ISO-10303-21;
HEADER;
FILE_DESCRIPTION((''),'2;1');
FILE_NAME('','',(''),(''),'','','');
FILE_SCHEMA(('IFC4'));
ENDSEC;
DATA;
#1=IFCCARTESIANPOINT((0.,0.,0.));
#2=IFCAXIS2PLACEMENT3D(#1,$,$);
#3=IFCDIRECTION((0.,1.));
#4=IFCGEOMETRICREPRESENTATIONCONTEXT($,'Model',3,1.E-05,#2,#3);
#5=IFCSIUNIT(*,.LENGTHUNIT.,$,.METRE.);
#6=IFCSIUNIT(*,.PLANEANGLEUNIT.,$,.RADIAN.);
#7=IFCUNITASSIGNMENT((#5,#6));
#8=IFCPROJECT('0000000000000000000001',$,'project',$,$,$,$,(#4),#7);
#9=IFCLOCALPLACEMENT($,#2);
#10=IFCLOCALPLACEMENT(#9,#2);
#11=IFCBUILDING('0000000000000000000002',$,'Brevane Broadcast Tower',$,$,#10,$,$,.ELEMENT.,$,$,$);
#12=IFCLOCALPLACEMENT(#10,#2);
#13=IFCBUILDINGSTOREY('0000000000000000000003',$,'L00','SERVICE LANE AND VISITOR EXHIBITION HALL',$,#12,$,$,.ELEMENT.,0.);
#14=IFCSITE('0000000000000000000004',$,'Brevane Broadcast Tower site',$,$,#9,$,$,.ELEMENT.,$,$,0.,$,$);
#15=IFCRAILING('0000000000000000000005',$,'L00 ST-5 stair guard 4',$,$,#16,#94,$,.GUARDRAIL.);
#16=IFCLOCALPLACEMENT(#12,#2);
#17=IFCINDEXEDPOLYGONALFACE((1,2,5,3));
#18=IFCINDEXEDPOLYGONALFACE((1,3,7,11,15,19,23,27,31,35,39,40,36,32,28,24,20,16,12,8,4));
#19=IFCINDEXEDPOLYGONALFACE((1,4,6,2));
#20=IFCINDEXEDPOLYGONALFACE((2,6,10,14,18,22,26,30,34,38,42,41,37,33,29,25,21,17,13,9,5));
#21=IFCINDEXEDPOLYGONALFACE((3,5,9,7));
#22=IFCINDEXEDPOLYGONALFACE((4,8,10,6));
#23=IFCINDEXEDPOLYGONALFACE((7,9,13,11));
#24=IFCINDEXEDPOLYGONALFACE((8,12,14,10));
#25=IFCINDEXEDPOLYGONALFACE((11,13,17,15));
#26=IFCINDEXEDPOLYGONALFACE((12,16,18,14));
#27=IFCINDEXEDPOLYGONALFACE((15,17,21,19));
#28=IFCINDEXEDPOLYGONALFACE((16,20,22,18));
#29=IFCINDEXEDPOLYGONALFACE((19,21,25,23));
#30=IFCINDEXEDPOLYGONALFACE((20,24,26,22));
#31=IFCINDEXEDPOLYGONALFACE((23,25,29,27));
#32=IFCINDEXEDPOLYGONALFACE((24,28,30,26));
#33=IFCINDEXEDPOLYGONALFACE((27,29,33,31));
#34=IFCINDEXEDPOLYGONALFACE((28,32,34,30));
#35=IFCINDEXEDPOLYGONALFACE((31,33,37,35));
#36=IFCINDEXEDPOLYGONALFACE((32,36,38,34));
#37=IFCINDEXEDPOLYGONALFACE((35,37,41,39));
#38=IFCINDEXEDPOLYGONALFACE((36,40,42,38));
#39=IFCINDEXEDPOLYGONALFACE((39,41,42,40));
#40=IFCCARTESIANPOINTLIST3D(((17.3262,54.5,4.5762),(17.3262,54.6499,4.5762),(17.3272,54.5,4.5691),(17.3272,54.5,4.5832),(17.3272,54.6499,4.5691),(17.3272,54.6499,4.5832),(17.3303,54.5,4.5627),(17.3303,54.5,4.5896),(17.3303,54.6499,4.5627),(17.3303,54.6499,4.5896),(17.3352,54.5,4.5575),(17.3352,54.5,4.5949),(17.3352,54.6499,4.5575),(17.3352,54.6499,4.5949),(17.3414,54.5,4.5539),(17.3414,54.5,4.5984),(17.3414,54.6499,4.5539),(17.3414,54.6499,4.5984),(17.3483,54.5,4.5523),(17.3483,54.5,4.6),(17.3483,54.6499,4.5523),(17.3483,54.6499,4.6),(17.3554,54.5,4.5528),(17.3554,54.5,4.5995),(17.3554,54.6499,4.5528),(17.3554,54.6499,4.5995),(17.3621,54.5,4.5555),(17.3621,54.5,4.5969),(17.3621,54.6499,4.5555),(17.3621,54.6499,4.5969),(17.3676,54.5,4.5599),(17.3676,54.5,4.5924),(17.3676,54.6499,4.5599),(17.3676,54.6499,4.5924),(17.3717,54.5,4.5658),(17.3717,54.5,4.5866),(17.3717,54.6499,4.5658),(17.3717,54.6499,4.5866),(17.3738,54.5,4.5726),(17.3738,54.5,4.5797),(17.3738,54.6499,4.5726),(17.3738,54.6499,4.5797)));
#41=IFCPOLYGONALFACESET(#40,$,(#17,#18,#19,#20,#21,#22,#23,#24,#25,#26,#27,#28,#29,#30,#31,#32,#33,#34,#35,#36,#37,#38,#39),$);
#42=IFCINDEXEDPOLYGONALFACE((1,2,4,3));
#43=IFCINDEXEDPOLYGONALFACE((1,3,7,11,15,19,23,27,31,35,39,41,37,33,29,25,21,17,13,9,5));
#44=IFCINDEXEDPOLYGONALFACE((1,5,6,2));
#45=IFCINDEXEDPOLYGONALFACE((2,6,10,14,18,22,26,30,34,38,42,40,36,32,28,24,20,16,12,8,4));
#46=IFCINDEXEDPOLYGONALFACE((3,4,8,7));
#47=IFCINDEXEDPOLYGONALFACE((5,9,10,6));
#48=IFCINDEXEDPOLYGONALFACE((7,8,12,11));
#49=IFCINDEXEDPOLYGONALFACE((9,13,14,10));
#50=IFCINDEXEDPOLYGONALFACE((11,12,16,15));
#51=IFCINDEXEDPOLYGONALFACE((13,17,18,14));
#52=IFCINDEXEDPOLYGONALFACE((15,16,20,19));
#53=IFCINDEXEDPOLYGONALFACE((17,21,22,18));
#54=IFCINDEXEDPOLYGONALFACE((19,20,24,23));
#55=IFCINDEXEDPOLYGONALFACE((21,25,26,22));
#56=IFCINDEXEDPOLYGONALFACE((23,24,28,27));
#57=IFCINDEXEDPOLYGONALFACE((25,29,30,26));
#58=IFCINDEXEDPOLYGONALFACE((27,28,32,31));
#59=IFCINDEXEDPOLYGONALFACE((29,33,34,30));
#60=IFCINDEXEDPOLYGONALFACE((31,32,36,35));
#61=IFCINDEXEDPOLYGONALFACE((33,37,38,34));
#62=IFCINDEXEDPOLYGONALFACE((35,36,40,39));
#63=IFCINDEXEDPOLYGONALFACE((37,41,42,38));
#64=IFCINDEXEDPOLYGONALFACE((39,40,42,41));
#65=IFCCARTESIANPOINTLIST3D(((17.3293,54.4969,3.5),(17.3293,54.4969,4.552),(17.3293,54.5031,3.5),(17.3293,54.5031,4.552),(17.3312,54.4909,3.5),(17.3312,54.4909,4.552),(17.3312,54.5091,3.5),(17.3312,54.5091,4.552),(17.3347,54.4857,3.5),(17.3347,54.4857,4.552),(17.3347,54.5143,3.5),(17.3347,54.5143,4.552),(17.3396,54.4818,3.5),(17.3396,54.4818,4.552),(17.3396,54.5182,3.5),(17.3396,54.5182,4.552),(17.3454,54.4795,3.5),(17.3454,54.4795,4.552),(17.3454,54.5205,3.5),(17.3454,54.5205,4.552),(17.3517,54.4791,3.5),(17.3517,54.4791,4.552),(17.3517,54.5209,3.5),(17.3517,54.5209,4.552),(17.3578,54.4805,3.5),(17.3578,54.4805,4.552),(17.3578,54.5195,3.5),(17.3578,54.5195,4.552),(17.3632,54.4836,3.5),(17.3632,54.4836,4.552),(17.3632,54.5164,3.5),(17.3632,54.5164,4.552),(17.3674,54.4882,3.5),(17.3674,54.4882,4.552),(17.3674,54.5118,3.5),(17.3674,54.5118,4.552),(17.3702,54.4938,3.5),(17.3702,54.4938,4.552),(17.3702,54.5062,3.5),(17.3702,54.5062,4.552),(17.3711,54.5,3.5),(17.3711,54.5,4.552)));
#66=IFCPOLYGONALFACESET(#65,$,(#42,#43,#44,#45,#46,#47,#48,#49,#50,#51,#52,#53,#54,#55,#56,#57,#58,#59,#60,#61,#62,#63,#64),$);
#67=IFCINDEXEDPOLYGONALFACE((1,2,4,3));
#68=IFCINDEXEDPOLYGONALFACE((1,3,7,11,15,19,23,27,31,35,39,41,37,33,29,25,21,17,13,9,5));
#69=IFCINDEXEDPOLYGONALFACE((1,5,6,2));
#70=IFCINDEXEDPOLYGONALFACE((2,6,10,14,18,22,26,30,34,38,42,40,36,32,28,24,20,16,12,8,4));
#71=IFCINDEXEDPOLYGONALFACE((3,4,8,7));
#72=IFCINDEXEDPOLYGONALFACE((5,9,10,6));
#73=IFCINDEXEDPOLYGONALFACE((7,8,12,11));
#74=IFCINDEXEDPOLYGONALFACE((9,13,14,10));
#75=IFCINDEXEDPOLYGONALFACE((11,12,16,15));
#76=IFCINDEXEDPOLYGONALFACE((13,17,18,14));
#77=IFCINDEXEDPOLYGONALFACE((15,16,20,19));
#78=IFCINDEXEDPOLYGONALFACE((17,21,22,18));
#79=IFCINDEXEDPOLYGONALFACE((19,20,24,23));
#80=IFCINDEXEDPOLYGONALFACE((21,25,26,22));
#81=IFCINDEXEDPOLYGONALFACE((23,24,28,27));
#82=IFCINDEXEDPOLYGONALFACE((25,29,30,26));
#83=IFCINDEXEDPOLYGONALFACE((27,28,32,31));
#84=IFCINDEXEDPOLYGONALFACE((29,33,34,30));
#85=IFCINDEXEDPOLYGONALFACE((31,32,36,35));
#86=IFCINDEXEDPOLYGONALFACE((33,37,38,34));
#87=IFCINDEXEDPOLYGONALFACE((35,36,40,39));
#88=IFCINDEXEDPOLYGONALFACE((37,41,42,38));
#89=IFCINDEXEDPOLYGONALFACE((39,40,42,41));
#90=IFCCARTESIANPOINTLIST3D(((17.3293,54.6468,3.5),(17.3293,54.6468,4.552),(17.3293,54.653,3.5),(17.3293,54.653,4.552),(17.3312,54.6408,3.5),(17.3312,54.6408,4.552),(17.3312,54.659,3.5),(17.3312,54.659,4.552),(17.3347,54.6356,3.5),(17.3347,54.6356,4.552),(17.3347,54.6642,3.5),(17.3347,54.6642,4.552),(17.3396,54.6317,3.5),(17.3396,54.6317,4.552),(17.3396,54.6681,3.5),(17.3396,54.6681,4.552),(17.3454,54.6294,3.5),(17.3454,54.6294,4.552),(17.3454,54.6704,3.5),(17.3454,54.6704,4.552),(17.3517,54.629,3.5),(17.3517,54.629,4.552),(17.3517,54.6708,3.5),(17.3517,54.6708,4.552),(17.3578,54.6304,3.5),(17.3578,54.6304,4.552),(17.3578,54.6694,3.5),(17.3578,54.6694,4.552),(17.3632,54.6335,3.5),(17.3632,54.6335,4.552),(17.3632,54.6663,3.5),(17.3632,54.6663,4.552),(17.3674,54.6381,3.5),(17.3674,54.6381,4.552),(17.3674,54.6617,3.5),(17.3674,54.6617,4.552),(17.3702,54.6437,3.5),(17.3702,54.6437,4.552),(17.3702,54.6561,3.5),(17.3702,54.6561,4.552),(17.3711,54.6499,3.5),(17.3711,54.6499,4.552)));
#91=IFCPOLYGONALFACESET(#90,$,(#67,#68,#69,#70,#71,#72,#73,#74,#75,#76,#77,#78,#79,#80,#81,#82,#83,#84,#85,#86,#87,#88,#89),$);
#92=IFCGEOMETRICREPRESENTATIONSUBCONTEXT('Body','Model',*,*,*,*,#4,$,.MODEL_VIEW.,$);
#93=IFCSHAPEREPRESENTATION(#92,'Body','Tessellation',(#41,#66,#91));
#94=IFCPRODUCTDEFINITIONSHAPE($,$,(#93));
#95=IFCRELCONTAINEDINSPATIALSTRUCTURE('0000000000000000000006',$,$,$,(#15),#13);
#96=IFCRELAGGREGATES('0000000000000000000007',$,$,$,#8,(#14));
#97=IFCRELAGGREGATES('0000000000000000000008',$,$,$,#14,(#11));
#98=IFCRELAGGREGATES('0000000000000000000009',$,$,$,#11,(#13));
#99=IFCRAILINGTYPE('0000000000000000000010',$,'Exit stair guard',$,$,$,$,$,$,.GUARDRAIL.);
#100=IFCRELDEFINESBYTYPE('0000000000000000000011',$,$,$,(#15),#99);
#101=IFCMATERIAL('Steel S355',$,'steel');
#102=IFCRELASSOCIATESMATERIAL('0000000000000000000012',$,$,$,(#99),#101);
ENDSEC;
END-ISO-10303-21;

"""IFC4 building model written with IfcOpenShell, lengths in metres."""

from ifc_helpers import new_model, si_unit, direction, frame, origin, origin_2d, place, context, subcontext, project, spatial, circle, extrude, material, type_object, element, save


model = new_model("IFC4")

# Units and contexts
model_context = context("Model", 3, precision=1e-05, world=origin(), true_north=direction((0.0, 1.0)))
body_context = subcontext(model_context, "Body", "Model", "MODEL_VIEW")
ifc_project = project(units=[si_unit("LENGTHUNIT", "METRE"), si_unit("PLANEANGLEUNIT", "RADIAN")], contexts=[model_context])

# Site, building, storey
site_placement = place(None, origin())
site = spatial("IfcSite", under=ifc_project, at=site_placement, Name="Brevane Broadcast Tower site", CompositionType="ELEMENT", RefElevation=0.0)
building_placement = place(site_placement, origin())
building = spatial("IfcBuilding", under=site, at=building_placement, Name="Brevane Broadcast Tower", CompositionType="ELEMENT")
storey_placement = place(building_placement, origin())
storey = spatial("IfcBuildingStorey", under=building, at=storey_placement, Name="L00", Description="SERVICE LANE AND VISITOR EXHIBITION HALL", CompositionType="ELEMENT", Elevation=0.0)

# Railing
ifc_material_1 = material(Name="Steel S355", Category="steel")
railing_type_1 = type_object("IfcRailingType", Name="Exit stair guard", PredefinedType="GUARDRAIL", material=ifc_material_1)
railing_1_placement = place(storey_placement, frame((17.3501, 54.5, 3.5)))
element("IfcRailing", 1, at=railing_1_placement, inside=storey, type_object=railing_type_1, Name="L00 ST-5 stair guard 4", PredefinedType="GUARDRAIL", context=body_context, shape_type="SweptSolid", body=[
    extrude(circle(Radius=0.0239, at=origin_2d()), frame((0.0, 0.0, 1.0762), z_axis=(0.0, 1.0, 0.0), x_axis=(-1.0, 0.0, 0.0)), (0.0, 0.0, 1.0), 0.1499),
    extrude(circle(Radius=0.021, at=origin_2d()), origin(), (0.0, 0.0, 1.0), 1.052),
    extrude(circle(Radius=0.021, at=origin_2d()), frame((0.0, 0.1499, 0.0)), (0.0, 0.0, 1.0), 1.052),
])

save(model, "model.ifc")
